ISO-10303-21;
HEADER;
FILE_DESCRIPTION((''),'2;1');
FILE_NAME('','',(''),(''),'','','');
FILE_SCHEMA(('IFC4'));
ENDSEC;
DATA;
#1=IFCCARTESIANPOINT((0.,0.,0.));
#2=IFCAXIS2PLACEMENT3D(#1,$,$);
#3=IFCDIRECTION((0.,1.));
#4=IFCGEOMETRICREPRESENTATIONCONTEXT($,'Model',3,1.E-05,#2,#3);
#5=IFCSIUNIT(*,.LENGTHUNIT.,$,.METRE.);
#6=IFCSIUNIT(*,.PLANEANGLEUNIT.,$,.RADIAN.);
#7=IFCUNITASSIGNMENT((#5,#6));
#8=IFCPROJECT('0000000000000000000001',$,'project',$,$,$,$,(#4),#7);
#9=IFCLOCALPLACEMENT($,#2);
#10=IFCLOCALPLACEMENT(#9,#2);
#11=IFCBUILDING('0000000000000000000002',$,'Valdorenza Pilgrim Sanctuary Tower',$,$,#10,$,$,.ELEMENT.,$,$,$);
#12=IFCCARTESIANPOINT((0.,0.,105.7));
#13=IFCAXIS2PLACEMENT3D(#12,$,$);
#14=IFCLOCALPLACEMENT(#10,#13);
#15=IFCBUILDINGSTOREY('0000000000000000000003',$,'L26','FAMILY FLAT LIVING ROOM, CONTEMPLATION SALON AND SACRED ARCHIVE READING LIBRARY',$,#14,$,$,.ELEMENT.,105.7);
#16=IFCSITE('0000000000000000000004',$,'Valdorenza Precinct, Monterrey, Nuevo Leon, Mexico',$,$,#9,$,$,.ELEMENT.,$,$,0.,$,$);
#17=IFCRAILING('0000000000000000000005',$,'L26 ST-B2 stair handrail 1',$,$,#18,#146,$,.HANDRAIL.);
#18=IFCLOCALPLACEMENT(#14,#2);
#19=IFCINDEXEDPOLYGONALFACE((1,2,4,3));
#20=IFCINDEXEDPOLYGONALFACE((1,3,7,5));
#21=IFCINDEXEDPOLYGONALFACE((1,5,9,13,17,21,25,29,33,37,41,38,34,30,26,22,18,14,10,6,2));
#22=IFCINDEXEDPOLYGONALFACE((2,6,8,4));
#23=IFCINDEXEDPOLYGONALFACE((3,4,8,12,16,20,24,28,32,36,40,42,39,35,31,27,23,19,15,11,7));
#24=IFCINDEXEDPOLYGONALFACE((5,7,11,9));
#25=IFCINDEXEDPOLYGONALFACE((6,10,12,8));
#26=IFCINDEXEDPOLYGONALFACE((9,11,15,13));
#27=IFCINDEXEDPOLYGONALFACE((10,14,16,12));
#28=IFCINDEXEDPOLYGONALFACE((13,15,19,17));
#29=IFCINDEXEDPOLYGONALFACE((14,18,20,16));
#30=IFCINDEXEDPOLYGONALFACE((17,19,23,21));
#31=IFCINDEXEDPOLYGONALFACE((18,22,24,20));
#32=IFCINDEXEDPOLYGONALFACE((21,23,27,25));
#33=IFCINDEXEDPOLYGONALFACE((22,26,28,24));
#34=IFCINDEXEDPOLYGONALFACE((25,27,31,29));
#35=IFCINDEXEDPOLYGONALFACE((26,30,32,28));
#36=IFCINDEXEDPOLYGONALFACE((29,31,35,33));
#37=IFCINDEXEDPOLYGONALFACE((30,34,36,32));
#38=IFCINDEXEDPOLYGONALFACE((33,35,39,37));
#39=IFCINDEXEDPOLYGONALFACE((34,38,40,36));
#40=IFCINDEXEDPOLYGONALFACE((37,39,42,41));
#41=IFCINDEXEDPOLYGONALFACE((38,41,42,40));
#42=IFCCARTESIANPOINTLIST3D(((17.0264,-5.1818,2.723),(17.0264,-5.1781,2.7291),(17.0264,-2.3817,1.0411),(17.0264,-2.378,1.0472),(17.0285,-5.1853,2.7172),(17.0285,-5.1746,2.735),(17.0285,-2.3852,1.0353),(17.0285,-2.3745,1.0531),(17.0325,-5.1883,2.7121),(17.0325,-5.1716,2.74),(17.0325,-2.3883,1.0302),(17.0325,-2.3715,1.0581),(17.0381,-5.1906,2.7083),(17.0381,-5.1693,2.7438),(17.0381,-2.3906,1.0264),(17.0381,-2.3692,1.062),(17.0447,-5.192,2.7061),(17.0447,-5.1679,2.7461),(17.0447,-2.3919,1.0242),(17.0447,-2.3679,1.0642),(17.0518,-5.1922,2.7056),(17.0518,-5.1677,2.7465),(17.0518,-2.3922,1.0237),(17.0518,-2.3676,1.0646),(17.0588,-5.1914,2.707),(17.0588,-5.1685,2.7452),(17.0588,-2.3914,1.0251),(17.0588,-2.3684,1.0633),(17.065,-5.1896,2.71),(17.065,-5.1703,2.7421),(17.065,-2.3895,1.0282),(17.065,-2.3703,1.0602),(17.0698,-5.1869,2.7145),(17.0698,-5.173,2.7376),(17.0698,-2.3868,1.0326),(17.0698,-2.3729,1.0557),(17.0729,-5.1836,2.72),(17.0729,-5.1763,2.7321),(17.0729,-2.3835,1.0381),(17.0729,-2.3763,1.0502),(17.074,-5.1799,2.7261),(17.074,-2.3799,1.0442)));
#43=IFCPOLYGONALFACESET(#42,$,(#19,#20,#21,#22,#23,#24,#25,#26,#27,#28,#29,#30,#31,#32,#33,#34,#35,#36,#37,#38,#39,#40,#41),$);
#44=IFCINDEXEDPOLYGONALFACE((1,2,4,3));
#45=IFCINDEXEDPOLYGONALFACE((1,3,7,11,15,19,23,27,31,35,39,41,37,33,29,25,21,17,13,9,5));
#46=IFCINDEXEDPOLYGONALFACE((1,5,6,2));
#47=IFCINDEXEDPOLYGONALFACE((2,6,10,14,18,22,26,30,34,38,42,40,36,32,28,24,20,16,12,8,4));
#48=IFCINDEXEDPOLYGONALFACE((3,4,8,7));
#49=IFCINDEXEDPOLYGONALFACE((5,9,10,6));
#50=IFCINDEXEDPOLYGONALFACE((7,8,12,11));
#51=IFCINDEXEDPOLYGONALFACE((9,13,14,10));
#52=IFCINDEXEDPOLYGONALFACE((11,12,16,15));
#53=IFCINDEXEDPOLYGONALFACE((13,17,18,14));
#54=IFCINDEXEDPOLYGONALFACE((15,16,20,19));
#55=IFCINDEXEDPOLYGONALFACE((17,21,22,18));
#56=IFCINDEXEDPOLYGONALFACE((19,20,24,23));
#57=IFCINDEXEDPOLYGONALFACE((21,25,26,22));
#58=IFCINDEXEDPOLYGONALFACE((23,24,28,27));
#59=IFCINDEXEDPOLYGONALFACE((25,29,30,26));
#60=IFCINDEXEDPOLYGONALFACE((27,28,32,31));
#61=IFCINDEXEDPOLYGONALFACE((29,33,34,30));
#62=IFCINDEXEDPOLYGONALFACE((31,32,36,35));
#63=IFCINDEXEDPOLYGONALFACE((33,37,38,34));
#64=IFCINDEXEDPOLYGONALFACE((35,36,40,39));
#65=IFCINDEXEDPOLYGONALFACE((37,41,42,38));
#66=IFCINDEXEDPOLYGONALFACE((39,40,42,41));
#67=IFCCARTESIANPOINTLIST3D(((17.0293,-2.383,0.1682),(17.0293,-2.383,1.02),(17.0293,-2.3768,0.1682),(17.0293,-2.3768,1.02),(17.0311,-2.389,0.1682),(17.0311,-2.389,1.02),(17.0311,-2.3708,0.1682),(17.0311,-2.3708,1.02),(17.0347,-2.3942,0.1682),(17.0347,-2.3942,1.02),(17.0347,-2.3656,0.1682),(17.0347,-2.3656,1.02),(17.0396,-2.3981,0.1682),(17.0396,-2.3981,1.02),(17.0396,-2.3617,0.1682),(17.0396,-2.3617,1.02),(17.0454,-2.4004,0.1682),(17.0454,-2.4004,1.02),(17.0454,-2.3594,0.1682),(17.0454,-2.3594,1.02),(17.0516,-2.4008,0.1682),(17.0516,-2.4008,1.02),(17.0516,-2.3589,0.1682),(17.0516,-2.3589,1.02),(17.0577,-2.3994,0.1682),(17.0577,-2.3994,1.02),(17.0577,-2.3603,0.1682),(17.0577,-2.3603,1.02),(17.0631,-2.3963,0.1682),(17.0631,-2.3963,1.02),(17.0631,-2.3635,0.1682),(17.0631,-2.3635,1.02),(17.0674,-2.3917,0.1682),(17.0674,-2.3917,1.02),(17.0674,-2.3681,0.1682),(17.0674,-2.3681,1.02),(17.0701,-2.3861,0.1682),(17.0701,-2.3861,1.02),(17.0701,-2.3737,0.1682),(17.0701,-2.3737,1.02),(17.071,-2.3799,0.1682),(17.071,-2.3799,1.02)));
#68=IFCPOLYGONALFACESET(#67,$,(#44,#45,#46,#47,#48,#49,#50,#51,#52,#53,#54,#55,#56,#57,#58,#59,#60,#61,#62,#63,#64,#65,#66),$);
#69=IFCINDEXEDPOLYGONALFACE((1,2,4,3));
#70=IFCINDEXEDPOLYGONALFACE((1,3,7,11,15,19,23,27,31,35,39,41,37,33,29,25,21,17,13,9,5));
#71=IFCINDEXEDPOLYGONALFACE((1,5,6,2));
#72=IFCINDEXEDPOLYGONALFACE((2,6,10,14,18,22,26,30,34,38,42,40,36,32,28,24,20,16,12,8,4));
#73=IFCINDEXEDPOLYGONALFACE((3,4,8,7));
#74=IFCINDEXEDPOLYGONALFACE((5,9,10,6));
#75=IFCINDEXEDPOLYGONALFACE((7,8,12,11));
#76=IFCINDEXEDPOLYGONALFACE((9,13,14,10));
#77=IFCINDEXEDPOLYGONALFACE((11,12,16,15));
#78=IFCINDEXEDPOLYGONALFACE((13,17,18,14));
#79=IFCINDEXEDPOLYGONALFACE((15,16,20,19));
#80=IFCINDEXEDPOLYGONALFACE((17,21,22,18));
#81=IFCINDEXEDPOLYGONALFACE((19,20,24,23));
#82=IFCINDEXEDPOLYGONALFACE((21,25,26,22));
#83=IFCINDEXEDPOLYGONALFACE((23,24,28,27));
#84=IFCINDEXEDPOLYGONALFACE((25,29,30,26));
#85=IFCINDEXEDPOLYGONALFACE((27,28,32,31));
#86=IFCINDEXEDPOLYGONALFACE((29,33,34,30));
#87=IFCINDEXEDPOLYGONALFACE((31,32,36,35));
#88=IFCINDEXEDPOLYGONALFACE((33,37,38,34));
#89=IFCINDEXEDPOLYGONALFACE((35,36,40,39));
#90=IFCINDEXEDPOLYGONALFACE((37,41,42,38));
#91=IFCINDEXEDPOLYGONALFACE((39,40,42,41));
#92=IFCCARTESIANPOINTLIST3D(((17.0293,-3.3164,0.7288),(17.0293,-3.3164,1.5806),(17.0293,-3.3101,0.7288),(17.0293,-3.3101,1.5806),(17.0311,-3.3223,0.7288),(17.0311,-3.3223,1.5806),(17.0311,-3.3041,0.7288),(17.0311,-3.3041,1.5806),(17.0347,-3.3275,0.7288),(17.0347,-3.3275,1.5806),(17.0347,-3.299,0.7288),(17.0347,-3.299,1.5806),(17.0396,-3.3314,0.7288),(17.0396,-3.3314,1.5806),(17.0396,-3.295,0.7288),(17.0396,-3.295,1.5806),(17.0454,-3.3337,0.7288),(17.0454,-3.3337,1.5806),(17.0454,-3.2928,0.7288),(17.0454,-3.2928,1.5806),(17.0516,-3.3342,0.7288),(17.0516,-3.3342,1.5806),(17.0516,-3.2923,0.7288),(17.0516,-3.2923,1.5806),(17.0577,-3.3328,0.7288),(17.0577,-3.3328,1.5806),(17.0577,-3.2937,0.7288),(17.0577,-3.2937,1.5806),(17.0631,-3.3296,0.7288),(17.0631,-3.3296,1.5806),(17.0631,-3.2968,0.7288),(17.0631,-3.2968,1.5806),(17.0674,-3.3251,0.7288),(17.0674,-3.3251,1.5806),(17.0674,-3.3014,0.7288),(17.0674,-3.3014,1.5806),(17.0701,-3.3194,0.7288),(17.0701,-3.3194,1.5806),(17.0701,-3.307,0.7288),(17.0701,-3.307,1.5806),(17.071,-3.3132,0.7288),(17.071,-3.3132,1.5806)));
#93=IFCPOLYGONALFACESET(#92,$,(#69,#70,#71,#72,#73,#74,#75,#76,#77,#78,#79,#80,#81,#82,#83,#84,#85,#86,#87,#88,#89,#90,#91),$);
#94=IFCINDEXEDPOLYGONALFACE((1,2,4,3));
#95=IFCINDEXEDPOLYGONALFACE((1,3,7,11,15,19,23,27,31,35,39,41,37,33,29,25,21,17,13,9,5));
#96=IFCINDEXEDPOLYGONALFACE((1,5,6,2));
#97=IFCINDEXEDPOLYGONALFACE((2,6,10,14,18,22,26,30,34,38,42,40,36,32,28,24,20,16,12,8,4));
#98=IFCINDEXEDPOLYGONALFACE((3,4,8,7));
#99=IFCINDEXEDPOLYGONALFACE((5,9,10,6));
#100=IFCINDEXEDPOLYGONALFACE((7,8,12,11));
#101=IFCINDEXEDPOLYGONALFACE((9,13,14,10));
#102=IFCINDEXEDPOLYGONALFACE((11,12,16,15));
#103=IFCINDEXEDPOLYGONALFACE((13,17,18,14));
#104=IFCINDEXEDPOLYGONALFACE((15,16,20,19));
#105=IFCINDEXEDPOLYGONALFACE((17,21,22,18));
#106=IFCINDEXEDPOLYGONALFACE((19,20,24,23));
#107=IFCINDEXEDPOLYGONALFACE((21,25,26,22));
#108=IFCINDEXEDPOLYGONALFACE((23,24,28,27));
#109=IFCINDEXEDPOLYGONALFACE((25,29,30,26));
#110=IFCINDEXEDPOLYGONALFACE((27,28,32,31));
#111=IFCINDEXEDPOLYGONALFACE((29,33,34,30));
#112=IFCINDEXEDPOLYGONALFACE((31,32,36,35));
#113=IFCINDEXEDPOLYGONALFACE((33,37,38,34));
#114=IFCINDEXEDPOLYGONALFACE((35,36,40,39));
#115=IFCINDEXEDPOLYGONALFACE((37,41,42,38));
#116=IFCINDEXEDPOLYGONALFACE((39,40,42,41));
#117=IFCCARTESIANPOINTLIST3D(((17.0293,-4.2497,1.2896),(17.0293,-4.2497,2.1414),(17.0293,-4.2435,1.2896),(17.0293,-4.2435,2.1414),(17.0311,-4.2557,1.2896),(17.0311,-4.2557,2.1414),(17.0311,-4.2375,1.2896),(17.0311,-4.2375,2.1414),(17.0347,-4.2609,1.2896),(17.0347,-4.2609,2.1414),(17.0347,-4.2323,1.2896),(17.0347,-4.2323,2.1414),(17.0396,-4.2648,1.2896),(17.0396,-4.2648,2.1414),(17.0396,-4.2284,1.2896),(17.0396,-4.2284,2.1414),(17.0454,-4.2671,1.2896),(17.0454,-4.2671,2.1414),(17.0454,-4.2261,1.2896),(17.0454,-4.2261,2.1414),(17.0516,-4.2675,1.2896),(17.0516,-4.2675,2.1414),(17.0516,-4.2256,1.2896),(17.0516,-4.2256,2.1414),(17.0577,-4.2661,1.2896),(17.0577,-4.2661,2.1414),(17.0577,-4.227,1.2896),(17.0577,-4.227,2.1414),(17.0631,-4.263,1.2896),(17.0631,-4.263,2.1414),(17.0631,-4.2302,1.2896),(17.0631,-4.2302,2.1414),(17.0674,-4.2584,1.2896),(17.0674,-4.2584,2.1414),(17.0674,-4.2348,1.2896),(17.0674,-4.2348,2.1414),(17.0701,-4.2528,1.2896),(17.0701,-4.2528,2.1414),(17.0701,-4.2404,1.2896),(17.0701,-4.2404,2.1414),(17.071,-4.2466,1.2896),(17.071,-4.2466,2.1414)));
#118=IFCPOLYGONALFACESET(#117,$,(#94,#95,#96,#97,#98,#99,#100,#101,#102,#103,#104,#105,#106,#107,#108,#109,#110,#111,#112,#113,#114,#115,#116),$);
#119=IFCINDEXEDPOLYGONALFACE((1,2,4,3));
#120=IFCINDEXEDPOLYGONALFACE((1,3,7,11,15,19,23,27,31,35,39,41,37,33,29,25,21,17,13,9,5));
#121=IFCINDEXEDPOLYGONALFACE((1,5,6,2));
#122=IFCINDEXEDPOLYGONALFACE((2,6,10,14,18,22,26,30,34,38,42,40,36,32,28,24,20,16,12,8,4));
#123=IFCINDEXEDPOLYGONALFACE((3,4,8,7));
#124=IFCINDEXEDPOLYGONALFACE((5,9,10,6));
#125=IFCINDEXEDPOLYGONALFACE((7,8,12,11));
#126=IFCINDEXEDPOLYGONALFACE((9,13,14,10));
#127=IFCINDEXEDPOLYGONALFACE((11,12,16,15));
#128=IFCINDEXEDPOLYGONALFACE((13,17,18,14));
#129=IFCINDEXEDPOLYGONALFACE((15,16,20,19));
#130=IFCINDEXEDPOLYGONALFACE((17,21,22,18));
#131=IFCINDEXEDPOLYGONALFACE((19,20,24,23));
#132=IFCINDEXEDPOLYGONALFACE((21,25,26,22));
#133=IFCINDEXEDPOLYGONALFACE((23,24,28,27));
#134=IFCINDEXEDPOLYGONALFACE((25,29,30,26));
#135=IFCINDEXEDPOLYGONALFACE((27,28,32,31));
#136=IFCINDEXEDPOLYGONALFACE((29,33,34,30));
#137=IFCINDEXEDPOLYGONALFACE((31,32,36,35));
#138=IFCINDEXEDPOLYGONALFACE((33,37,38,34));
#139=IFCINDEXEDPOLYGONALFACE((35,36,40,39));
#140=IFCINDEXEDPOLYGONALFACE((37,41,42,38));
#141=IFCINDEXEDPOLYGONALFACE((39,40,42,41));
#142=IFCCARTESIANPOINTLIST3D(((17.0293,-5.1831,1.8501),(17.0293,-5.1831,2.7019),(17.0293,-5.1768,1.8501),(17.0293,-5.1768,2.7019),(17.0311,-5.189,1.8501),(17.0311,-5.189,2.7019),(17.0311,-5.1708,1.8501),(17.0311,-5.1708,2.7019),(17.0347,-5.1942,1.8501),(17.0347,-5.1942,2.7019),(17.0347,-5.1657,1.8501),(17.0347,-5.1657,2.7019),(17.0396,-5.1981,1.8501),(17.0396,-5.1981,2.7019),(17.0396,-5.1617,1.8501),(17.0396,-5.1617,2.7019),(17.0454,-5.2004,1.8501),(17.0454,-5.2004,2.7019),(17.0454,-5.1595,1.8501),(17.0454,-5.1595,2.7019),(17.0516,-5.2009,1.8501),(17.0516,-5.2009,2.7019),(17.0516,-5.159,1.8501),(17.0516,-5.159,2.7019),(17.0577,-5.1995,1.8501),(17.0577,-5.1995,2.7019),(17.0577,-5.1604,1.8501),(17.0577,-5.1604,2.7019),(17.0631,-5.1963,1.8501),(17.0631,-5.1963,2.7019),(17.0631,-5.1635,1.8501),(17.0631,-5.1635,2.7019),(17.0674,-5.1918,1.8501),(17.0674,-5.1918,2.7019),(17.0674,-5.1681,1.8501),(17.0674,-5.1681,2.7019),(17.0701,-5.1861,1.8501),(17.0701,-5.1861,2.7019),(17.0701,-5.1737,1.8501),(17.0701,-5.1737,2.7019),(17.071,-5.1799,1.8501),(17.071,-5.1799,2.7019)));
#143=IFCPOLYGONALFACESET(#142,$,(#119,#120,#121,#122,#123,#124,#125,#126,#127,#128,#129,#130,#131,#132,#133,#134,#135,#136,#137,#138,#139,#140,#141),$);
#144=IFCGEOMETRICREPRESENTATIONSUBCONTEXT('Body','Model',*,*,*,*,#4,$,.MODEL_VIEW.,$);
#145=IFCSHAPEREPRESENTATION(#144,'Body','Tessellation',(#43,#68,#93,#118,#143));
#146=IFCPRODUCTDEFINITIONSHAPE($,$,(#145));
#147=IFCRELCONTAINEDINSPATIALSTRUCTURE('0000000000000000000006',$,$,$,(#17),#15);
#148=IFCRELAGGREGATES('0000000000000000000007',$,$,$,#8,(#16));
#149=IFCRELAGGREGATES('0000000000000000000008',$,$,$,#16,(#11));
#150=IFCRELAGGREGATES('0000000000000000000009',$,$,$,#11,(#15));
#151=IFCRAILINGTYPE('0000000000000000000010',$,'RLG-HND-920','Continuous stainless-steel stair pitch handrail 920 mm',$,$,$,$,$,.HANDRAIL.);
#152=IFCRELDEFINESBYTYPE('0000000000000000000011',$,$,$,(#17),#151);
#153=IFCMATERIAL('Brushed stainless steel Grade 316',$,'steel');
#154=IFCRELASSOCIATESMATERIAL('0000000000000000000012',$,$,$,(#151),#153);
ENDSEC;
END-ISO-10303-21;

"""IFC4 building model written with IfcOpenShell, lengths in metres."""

from ifc_helpers import new_model, si_unit, direction, frame, origin, origin_2d, place, context, subcontext, project, spatial, circle, extrude, material, type_object, element, save


model = new_model("IFC4")

# Units and contexts
model_context = context("Model", 3, precision=1e-05, world=origin(), true_north=direction((0.0, 1.0)))
body_context = subcontext(model_context, "Body", "Model", "MODEL_VIEW")
ifc_project = project(units=[si_unit("LENGTHUNIT", "METRE"), si_unit("PLANEANGLEUNIT", "RADIAN")], contexts=[model_context])

# Site, building, storey
site_placement = place(None, origin())
site = spatial("IfcSite", under=ifc_project, at=site_placement, Name="Valdorenza Precinct, Monterrey, Nuevo Leon, Mexico", CompositionType="ELEMENT", RefElevation=0.0)
building_placement = place(site_placement, origin())
building = spatial("IfcBuilding", under=site, at=building_placement, Name="Valdorenza Pilgrim Sanctuary Tower", CompositionType="ELEMENT")
storey_placement = place(building_placement, frame((0.0, 0.0, 105.7)))
storey = spatial("IfcBuildingStorey", under=building, at=storey_placement, Name="L26", Description="FAMILY FLAT LIVING ROOM, CONTEMPLATION SALON AND SACRED ARCHIVE READING LIBRARY", CompositionType="ELEMENT", Elevation=105.7)

# Railing
ifc_material_1 = material(Name="Brushed stainless steel Grade 316", Category="steel")
railing_type_1 = type_object("IfcRailingType", Name="RLG-HND-920", Description="Continuous stainless-steel stair pitch handrail 920 mm", PredefinedType="HANDRAIL", material=ifc_material_1)
railing_1_placement = place(storey_placement, frame((17.05, -2.3799, 0.1682)))
element("IfcRailing", 1, at=railing_1_placement, inside=storey, type_object=railing_type_1, Name="L26 ST-B2 stair handrail 1", PredefinedType="HANDRAIL", context=body_context, shape_type="SweptSolid", body=[
    extrude(circle(Radius=0.0239, at=origin_2d()), frame((0.0, 0.0, 0.876), z_axis=(0.0, -0.857242, 0.514913), x_axis=(1.0, 0.0, 0.0)), (0.0, 0.0, 1.0), 3.2664),
    extrude(circle(Radius=0.021, at=origin_2d()), origin(), (0.0, 0.0, 1.0), 0.8518),
    extrude(circle(Radius=0.021, at=origin_2d()), frame((0.0, -0.9333, 0.5605)), (0.0, 0.0, 1.0), 0.8518),
    extrude(circle(Radius=0.021, at=origin_2d()), frame((0.0, -1.8667, 1.1213)), (0.0, 0.0, 1.0), 0.8518),
    extrude(circle(Radius=0.021, at=origin_2d()), frame((0.0, -2.8, 1.6819)), (0.0, 0.0, 1.0), 0.8518),
])

save(model, "model.ifc")
